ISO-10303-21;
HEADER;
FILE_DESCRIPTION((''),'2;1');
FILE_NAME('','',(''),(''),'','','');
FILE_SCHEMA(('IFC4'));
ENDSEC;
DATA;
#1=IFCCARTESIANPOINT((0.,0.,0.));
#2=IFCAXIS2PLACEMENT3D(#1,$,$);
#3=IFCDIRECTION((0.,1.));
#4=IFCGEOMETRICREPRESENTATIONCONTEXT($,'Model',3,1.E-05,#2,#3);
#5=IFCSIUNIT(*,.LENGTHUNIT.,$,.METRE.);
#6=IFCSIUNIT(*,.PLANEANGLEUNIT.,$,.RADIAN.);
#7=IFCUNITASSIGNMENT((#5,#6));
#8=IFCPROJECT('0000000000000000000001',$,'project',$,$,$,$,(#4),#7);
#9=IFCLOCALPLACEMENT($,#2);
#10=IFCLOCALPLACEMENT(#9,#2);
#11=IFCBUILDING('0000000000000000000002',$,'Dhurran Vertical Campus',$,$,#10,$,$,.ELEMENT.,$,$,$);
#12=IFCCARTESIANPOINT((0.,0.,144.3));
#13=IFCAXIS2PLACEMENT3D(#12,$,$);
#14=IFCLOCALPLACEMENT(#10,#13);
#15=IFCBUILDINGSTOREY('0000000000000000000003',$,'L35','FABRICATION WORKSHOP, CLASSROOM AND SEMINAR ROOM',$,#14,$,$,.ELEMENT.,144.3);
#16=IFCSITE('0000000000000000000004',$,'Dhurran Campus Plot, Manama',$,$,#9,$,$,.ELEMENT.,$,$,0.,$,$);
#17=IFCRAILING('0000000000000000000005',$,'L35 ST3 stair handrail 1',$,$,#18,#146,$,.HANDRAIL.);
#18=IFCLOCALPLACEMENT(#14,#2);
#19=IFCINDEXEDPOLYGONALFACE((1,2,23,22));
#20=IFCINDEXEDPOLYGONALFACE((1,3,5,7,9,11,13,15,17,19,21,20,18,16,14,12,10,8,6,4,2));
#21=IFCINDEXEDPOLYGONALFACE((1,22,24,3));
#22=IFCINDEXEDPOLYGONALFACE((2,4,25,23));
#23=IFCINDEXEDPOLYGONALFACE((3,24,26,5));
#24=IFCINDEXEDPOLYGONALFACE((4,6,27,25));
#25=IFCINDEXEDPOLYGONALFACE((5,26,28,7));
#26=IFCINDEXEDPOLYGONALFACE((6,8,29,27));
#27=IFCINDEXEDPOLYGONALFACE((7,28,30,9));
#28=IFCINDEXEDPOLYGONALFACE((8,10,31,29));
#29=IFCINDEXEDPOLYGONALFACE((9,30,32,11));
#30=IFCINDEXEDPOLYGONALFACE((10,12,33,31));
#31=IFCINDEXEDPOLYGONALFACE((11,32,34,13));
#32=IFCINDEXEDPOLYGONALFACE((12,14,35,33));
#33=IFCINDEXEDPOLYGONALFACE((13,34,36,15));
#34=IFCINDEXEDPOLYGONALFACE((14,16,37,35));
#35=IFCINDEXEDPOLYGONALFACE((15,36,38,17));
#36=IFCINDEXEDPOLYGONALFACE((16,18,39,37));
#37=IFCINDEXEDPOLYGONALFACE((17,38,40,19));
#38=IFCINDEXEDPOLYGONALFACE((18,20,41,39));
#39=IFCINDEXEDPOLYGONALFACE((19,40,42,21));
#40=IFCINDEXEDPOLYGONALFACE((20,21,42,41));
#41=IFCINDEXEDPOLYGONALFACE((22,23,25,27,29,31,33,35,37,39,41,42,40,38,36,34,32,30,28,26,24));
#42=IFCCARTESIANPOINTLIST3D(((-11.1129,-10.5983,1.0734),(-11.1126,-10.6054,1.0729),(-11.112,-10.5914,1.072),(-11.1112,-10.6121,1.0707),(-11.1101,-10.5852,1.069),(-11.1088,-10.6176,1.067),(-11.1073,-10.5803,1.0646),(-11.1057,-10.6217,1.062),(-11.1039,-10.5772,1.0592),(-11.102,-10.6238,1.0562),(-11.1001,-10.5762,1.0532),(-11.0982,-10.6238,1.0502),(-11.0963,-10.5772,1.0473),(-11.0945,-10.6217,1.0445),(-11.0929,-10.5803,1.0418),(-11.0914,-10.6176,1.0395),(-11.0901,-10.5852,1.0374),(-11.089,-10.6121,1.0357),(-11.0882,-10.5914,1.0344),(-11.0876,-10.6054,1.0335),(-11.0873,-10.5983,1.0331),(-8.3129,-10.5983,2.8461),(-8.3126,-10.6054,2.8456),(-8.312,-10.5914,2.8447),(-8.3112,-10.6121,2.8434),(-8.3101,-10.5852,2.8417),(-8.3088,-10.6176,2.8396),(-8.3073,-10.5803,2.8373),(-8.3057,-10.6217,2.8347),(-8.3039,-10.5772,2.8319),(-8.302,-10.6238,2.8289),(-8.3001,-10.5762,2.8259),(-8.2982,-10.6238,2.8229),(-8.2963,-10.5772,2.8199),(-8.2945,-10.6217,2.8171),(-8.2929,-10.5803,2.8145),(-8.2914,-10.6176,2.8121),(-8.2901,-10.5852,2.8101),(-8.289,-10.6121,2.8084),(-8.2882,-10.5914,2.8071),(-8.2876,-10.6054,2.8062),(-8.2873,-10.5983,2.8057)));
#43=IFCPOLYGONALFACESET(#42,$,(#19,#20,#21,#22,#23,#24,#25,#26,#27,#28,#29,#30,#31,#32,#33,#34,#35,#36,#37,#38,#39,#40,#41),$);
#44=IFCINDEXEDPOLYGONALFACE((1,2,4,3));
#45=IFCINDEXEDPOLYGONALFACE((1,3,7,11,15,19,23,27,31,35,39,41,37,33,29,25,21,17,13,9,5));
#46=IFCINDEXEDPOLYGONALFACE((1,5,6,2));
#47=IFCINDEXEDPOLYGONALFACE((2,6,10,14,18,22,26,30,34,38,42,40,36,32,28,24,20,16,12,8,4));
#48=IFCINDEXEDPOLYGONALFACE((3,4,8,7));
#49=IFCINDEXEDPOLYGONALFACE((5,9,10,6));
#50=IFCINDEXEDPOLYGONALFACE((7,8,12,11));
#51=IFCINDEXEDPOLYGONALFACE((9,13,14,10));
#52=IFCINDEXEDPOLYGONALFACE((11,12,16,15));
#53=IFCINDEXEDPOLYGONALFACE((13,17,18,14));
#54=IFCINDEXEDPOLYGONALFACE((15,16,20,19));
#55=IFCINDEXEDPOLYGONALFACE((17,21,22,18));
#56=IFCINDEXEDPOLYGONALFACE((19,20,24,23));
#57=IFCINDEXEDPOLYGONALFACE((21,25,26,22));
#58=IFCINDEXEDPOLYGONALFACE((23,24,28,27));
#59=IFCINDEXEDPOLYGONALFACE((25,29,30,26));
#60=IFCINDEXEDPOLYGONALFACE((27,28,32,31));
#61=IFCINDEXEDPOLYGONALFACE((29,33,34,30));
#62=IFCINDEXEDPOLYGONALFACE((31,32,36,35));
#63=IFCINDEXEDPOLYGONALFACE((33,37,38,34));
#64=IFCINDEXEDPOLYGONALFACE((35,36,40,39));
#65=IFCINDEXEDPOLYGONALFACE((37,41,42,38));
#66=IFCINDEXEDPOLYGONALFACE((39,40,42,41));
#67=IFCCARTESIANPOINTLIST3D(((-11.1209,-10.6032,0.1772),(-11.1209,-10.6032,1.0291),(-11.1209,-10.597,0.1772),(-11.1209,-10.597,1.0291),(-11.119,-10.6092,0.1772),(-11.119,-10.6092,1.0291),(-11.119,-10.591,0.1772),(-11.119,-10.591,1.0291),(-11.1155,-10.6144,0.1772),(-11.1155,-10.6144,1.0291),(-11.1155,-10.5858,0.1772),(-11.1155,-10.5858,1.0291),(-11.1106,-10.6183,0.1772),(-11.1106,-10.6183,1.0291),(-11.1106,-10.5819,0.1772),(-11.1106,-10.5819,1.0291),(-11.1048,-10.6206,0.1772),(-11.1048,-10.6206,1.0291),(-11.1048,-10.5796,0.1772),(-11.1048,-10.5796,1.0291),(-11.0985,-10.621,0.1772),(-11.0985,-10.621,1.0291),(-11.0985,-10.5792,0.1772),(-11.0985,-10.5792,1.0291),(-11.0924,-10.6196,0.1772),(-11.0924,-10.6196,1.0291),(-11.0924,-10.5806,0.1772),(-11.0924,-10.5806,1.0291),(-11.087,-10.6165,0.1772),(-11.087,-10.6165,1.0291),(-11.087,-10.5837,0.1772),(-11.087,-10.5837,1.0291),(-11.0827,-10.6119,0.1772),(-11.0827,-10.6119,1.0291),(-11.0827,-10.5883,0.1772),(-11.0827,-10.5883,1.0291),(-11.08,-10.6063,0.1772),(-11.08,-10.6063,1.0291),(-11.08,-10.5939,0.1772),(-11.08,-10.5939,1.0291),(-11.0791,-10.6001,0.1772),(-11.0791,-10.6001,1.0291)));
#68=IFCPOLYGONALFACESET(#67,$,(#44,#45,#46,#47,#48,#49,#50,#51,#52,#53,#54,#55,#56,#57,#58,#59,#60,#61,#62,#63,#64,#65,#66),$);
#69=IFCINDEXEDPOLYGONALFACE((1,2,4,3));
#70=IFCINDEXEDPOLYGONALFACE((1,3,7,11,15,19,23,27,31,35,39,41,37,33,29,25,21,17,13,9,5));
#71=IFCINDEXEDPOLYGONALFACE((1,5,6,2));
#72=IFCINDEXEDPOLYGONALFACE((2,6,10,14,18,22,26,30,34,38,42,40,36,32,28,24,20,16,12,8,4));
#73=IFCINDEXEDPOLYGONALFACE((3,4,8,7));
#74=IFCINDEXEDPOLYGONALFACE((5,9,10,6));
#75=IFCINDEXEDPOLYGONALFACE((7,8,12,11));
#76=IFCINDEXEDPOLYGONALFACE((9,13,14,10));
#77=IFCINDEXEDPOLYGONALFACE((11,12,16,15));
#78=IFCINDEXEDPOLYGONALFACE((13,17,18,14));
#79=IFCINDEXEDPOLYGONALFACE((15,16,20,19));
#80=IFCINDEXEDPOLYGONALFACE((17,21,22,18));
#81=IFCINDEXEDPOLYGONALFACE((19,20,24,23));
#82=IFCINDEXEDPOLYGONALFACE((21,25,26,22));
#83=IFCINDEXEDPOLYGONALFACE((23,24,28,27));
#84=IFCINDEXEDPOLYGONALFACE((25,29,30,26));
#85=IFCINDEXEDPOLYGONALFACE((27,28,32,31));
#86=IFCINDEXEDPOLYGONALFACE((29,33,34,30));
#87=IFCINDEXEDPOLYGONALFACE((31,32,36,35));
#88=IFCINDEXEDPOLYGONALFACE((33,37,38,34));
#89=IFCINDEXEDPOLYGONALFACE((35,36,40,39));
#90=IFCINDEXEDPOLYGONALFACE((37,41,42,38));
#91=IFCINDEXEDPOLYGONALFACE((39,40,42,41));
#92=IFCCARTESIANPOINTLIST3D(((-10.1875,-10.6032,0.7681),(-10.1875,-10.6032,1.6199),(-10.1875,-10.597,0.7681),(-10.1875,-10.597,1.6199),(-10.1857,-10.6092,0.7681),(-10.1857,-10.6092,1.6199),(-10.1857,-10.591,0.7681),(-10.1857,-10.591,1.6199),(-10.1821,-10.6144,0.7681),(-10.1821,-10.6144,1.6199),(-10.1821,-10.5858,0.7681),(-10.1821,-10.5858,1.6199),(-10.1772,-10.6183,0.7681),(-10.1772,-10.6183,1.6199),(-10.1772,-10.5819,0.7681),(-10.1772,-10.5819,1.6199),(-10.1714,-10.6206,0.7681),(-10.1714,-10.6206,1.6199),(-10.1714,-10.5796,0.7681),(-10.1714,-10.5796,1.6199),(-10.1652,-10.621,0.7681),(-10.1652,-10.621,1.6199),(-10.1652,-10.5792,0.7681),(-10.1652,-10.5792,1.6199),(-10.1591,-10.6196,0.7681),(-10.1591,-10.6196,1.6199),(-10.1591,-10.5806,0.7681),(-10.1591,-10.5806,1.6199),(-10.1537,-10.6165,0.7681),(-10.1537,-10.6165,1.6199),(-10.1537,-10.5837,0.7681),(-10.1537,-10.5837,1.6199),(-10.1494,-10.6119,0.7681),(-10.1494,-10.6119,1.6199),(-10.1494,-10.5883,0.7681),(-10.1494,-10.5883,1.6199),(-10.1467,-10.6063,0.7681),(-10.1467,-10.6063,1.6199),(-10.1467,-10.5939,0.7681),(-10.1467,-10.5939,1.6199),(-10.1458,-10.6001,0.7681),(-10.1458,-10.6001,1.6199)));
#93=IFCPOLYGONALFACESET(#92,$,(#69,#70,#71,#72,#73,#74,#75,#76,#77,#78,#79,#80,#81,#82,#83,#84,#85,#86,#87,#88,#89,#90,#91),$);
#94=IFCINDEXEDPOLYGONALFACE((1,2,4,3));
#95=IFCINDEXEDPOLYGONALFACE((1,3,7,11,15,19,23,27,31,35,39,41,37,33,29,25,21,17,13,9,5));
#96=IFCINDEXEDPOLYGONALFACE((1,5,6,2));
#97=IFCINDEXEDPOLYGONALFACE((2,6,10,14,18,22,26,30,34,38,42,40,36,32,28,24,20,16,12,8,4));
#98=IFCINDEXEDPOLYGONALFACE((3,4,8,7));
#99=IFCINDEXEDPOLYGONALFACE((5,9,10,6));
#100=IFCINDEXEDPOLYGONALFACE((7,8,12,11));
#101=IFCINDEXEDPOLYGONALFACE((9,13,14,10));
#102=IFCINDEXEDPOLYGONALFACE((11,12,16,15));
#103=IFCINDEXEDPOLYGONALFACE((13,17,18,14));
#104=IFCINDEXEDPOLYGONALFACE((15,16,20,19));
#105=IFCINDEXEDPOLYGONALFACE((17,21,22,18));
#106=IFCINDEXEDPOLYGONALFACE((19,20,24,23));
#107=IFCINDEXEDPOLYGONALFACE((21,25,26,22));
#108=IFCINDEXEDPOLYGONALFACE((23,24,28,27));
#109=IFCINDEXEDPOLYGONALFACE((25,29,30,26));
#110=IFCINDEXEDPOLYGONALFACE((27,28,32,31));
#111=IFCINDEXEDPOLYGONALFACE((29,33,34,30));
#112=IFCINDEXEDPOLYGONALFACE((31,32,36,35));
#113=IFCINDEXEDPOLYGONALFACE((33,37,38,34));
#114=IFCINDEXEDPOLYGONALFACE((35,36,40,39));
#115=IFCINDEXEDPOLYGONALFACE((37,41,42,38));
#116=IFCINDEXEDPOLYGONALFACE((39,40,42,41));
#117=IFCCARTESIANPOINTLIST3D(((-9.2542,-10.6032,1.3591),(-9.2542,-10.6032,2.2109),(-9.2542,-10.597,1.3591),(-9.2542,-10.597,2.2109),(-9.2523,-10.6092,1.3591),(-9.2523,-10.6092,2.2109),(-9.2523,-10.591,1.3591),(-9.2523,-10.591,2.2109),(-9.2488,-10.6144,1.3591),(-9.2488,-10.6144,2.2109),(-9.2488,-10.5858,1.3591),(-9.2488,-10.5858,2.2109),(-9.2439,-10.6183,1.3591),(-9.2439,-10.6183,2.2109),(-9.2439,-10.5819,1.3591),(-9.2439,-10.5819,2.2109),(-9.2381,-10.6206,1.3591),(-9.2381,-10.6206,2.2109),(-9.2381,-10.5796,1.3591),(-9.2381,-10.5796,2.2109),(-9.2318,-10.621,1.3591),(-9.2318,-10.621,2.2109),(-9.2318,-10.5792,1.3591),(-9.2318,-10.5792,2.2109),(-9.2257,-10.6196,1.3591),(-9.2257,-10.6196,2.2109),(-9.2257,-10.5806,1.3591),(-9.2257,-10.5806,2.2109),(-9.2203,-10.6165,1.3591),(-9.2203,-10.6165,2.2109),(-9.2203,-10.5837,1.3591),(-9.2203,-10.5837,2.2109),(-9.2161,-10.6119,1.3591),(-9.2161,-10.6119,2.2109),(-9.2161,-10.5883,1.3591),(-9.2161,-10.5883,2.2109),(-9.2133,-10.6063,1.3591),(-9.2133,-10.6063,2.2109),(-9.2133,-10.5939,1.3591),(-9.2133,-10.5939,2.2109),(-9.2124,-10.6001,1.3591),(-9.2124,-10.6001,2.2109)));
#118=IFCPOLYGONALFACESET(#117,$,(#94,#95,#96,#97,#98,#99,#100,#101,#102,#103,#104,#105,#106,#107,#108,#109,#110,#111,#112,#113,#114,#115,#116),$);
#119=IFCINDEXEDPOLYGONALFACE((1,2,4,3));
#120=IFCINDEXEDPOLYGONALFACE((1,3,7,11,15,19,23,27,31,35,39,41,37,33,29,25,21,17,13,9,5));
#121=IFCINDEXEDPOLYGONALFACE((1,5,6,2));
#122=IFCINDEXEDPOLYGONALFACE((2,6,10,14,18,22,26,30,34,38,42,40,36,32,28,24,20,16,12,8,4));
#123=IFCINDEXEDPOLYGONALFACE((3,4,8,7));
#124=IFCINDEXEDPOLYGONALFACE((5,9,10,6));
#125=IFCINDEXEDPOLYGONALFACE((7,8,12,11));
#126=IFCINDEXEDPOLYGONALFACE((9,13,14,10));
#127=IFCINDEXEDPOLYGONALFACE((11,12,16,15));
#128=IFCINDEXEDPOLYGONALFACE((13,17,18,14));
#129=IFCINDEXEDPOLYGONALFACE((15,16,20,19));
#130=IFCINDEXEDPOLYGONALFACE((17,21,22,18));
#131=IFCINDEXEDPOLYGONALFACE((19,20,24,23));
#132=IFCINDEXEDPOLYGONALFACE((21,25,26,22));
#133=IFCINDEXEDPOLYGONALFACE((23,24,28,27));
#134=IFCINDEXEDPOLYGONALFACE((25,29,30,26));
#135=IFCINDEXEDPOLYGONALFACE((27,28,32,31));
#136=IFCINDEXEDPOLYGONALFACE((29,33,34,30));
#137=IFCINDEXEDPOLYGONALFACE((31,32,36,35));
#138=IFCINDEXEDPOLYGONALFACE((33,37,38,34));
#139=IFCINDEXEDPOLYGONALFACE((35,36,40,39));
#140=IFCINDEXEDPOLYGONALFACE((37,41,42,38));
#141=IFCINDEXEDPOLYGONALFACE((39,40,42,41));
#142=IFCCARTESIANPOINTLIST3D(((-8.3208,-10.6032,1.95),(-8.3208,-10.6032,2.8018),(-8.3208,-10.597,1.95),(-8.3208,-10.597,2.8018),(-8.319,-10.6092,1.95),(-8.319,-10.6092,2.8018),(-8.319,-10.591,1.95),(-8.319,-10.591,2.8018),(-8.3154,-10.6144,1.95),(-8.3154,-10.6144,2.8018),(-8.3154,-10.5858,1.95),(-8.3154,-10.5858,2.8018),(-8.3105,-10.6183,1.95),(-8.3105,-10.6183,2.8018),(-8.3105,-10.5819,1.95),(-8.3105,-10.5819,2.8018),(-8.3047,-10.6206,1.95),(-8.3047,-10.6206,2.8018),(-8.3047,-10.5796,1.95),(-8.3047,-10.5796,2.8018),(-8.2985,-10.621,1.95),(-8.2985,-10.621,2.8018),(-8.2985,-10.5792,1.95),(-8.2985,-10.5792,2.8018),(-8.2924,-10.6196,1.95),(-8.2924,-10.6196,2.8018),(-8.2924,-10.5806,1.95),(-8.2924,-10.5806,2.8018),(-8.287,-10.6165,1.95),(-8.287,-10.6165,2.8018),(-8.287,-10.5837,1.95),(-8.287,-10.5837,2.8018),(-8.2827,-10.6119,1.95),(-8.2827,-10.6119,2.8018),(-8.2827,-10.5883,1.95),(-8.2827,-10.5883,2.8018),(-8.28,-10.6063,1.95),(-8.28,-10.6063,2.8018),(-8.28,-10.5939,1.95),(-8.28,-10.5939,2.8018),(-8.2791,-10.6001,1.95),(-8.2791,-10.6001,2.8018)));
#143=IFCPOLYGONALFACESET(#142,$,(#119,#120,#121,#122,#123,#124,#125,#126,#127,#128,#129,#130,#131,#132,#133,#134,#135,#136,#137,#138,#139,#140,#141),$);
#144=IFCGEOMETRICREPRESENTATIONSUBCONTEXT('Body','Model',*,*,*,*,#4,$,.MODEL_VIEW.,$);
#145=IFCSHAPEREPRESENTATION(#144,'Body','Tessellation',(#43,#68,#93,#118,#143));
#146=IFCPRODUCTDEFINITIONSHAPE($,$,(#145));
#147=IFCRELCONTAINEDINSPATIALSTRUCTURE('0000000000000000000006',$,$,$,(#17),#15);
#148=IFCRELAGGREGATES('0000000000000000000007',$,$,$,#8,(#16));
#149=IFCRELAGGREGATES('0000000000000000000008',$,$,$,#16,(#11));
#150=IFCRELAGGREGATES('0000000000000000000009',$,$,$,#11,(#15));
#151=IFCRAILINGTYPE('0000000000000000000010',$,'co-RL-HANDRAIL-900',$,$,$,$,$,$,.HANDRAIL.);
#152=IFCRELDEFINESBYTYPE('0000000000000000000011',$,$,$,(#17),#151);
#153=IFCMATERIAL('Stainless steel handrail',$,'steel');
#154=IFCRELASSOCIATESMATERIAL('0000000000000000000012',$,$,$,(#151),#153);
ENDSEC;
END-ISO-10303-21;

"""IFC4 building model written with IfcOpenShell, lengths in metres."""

from ifc_helpers import new_model, si_unit, direction, frame, origin, origin_2d, place, context, subcontext, project, spatial, circle, extrude, material, type_object, element, save


model = new_model("IFC4")

# Units and contexts
model_context = context("Model", 3, precision=1e-05, world=origin(), true_north=direction((0.0, 1.0)))
body_context = subcontext(model_context, "Body", "Model", "MODEL_VIEW")
ifc_project = project(units=[si_unit("LENGTHUNIT", "METRE"), si_unit("PLANEANGLEUNIT", "RADIAN")], contexts=[model_context])

# Site, building, storey
site_placement = place(None, origin())
site = spatial("IfcSite", under=ifc_project, at=site_placement, Name="Dhurran Campus Plot, Manama", CompositionType="ELEMENT", RefElevation=0.0)
building_placement = place(site_placement, origin())
building = spatial("IfcBuilding", under=site, at=building_placement, Name="Dhurran Vertical Campus", CompositionType="ELEMENT")
storey_placement = place(building_placement, frame((0.0, 0.0, 144.3)))
storey = spatial("IfcBuildingStorey", under=building, at=storey_placement, Name="L35", Description="FABRICATION WORKSHOP, CLASSROOM AND SEMINAR ROOM", CompositionType="ELEMENT", Elevation=144.3)

# Railing
ifc_material_1 = material(Name="Stainless steel handrail", Category="steel")
railing_type_1 = type_object("IfcRailingType", Name="co-RL-HANDRAIL-900", PredefinedType="HANDRAIL", material=ifc_material_1)
railing_1_placement = place(storey_placement, frame((-11.1001, -10.6001, 0.1772)))
element("IfcRailing", 1, at=railing_1_placement, inside=storey, type_object=railing_type_1, Name="L35 ST3 stair handrail 1", PredefinedType="HANDRAIL", context=body_context, shape_type="SweptSolid", body=[
    extrude(circle(Radius=0.0239, at=origin_2d()), frame((0.0, 0.0, 0.876), z_axis=(0.844909, 0.0, 0.53491), x_axis=(0.0, 1.0, 0.0)), (0.0, 0.0, 1.0), 3.314),
    extrude(circle(Radius=0.021, at=origin_2d()), origin(), (0.0, 0.0, 1.0), 0.8518),
    extrude(circle(Radius=0.021, at=origin_2d()), frame((0.9333, 0.0, 0.5908)), (0.0, 0.0, 1.0), 0.8518),
    extrude(circle(Radius=0.021, at=origin_2d()), frame((1.8667, 0.0, 1.1819)), (0.0, 0.0, 1.0), 0.8518),
    extrude(circle(Radius=0.021, at=origin_2d()), frame((2.8, 0.0, 1.7727)), (0.0, 0.0, 1.0), 0.8518),
])

save(model, "model.ifc")
